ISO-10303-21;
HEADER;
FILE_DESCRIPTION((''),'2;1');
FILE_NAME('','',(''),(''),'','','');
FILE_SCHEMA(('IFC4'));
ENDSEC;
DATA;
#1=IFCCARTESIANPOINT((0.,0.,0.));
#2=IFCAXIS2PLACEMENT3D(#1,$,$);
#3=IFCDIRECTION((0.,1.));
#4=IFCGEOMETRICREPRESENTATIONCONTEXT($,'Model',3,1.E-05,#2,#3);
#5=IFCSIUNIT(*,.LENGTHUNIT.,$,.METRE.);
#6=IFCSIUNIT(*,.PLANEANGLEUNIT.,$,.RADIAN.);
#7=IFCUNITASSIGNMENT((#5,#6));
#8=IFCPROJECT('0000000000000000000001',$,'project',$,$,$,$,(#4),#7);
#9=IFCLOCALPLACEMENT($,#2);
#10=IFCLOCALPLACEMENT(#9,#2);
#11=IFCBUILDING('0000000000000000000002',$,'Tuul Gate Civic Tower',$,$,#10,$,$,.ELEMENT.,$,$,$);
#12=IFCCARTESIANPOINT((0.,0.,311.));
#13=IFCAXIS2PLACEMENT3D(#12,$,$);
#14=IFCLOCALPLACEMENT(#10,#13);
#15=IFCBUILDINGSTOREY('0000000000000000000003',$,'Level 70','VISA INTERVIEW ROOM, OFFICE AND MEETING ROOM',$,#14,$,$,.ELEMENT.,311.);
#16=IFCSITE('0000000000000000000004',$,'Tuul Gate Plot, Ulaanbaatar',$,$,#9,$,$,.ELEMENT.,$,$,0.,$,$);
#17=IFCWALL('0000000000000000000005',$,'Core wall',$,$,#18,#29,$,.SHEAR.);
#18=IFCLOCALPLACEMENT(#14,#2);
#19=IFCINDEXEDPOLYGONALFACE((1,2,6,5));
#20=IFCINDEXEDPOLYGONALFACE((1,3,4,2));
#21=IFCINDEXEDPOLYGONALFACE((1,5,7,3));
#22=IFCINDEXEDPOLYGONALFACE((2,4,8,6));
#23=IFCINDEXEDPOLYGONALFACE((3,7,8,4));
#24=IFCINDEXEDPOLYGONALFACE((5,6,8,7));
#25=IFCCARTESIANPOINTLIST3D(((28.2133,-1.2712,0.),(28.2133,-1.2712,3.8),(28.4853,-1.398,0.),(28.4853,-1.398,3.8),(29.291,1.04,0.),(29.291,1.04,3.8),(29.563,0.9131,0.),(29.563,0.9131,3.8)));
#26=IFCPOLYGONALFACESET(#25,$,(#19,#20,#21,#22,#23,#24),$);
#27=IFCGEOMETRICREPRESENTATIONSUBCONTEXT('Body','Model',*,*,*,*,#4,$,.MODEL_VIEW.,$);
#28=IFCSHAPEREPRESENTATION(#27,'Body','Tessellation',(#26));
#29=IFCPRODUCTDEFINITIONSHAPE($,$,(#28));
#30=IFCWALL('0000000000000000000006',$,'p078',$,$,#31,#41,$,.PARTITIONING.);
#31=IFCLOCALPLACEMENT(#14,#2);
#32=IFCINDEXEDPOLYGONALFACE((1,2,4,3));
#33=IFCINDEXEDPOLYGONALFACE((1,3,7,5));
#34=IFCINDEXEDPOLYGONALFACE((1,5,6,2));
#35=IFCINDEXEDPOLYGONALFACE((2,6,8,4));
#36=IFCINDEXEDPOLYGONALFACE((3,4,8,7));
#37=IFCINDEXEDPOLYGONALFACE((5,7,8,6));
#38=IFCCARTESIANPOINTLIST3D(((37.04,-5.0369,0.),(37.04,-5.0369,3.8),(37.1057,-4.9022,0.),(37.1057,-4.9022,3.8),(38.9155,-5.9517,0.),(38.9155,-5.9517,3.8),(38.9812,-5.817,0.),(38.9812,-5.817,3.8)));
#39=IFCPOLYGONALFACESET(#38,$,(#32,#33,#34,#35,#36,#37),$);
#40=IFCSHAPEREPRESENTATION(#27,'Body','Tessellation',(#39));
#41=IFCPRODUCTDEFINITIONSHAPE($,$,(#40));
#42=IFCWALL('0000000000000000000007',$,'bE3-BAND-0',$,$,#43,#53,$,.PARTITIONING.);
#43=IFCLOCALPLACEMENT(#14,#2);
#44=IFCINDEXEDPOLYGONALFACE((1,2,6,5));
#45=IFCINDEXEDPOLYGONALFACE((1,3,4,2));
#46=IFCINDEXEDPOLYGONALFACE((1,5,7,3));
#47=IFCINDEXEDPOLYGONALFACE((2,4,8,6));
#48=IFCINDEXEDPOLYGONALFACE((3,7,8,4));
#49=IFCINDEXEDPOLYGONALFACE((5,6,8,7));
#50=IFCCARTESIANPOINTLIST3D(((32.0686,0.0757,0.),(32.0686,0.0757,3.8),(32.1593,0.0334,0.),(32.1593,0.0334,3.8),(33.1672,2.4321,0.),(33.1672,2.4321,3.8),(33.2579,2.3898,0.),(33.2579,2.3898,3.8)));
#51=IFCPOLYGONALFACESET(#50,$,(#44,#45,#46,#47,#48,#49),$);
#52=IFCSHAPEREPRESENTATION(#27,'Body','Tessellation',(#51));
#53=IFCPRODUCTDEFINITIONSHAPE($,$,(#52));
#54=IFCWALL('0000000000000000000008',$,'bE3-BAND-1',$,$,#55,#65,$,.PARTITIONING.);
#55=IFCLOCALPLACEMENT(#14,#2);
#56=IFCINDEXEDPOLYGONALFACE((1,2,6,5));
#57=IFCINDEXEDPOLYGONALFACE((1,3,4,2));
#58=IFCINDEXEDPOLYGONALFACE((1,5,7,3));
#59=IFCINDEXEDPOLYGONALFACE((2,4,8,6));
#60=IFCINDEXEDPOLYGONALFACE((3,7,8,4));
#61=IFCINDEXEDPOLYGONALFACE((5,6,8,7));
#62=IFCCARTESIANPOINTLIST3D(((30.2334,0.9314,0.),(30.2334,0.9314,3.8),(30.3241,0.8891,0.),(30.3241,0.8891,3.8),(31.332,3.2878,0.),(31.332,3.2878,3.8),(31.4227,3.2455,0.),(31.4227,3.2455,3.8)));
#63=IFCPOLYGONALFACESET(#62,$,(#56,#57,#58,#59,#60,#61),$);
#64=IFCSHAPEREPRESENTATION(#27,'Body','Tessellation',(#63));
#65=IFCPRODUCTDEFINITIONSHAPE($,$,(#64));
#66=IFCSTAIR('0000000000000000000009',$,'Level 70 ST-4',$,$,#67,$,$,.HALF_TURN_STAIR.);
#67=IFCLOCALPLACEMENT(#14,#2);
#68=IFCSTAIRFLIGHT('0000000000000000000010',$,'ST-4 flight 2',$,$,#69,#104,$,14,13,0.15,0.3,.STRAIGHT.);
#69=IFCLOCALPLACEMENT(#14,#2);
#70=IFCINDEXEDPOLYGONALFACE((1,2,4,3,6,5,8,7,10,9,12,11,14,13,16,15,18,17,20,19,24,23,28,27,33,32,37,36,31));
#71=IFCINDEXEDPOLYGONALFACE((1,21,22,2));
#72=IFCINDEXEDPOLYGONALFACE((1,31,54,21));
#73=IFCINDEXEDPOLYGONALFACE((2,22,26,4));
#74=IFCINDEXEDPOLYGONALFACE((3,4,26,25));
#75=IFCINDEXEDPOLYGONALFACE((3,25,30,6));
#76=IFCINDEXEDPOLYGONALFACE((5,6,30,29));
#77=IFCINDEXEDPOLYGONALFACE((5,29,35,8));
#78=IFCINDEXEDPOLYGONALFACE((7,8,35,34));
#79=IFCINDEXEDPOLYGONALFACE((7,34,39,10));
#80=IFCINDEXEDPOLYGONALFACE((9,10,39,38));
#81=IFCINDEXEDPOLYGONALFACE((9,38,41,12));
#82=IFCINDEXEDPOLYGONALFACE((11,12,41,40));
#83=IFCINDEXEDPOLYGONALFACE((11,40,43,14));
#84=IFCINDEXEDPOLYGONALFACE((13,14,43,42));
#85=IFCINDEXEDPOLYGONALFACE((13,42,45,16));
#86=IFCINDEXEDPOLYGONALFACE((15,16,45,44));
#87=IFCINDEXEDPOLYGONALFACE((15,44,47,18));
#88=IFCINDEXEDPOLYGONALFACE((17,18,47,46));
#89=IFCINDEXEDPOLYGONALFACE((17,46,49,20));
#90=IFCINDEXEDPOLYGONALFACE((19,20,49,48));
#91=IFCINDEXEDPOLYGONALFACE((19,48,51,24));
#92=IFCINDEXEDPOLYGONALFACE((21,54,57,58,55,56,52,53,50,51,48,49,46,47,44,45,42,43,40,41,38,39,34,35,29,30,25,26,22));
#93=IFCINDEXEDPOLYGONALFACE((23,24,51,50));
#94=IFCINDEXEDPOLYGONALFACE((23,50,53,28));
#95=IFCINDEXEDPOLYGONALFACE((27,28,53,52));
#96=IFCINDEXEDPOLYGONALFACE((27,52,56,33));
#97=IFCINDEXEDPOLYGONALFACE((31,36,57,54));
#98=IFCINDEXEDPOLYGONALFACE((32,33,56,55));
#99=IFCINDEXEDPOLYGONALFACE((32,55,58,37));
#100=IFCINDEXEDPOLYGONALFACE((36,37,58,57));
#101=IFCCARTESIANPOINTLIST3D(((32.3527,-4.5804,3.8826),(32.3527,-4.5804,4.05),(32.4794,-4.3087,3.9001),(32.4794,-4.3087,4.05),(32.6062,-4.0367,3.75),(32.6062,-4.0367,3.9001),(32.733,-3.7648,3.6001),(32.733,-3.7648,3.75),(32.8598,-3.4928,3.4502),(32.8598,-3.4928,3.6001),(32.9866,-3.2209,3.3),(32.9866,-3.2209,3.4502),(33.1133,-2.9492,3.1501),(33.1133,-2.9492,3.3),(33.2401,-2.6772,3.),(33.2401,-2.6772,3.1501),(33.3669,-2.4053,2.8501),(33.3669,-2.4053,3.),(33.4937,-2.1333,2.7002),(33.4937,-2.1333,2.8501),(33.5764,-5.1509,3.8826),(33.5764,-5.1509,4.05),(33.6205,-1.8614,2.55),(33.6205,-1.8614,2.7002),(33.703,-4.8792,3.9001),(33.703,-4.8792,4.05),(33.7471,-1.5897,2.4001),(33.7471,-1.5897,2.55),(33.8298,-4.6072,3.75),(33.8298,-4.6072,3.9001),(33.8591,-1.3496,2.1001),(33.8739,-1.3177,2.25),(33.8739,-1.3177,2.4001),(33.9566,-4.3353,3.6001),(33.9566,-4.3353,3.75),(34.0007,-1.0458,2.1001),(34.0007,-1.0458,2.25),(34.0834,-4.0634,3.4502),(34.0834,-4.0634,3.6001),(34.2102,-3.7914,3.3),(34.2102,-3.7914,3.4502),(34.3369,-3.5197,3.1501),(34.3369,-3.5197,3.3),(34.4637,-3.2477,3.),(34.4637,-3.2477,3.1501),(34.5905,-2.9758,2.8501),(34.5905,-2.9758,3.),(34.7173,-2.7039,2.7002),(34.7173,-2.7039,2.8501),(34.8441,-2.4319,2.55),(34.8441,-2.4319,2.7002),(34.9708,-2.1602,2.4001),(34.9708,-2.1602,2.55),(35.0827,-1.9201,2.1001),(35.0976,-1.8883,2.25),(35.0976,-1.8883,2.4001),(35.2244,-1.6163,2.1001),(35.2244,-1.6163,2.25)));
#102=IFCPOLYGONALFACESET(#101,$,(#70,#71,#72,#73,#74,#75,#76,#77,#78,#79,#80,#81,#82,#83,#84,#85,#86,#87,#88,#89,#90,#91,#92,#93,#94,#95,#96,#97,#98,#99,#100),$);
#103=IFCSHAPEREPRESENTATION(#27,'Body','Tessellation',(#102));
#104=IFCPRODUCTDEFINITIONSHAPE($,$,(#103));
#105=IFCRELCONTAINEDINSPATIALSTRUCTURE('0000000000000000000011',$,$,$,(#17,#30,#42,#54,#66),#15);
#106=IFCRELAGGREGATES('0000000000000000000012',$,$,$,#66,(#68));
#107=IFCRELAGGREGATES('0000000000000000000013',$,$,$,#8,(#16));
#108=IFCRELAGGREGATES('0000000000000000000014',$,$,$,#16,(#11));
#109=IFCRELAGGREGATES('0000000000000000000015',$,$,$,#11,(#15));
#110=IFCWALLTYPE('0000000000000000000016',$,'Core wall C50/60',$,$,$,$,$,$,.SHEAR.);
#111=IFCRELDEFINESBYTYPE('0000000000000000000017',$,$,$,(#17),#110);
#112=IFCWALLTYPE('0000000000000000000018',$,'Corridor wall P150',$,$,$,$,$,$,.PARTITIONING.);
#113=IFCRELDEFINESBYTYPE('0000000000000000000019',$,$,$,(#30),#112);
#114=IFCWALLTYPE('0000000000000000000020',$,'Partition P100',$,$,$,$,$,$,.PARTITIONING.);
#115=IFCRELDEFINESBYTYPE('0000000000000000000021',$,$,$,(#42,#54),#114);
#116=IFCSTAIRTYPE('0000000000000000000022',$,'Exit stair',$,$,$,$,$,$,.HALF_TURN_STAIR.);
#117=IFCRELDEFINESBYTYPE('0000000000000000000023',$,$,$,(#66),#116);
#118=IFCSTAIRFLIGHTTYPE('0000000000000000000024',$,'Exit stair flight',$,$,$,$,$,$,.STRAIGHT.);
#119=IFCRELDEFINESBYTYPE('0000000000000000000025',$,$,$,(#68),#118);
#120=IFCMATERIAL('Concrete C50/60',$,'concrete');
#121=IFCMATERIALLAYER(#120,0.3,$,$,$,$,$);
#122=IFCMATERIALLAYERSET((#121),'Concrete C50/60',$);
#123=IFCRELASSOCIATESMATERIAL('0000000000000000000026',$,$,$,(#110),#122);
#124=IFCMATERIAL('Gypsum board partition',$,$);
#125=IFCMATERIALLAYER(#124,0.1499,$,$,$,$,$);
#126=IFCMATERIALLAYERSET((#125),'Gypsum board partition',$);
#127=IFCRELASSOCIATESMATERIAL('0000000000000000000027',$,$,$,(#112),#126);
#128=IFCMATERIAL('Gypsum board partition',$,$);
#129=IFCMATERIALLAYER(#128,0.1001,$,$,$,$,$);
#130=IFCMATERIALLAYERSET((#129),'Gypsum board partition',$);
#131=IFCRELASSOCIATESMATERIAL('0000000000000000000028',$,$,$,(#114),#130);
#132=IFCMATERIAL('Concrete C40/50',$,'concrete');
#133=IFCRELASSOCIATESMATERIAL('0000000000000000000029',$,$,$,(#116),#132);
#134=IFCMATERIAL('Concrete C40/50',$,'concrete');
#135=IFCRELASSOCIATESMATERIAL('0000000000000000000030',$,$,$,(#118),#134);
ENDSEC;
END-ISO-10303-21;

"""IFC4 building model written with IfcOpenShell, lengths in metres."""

from ifc_helpers import new_model, si_unit, direction, frame, frame_2d, origin, place, context, subcontext, project, spatial, polyline, rectangle, outline, extrude, material, layer, layer_set, type_object, element, aggregate, save


model = new_model("IFC4")

# Units and contexts
model_context = context("Model", 3, precision=1e-05, world=origin(), true_north=direction((0.0, 1.0)))
body_context = subcontext(model_context, "Body", "Model", "MODEL_VIEW")
ifc_project = project(units=[si_unit("LENGTHUNIT", "METRE"), si_unit("PLANEANGLEUNIT", "RADIAN")], contexts=[model_context])

# Site, building, storey
site_placement = place(None, origin())
site = spatial("IfcSite", under=ifc_project, at=site_placement, Name="Tuul Gate Plot, Ulaanbaatar", CompositionType="ELEMENT", RefElevation=0.0)
building_placement = place(site_placement, origin())
building = spatial("IfcBuilding", under=site, at=building_placement, Name="Tuul Gate Civic Tower", CompositionType="ELEMENT")
storey_placement = place(building_placement, frame((0.0, 0.0, 311.0)))
storey = spatial("IfcBuildingStorey", under=building, at=storey_placement, Name="Level 70", Description="VISA INTERVIEW ROOM, OFFICE AND MEETING ROOM", CompositionType="ELEMENT", Elevation=311.0)

# Shared definitions
ifc_material_1 = material(Name="Concrete C50/60", Category="concrete")
ifc_layer_1 = layer(ifc_material_1, 0.3)
ifc_layer_set_1 = layer_set([ifc_layer_1], Name="Concrete C50/60")
wall_type_1 = type_object("IfcWallType", Name="Core wall C50/60", PredefinedType="SHEAR", material=ifc_layer_set_1)

# Walls
wall_1_placement = place(storey_placement, frame((28.3494, -1.3345, 0.0), z_axis=(0.0, 0.0, 1.0), x_axis=(0.422613, 0.90631, 0.0)))
element("IfcWall", 1, at=wall_1_placement, inside=storey, type_object=wall_type_1, Name="Core wall", PredefinedType="SHEAR", context=body_context, shape_type="SweptSolid", body=[
    extrude(rectangle(XDim=2.55, YDim=0.3, at=frame_2d((1.2749, 0.0))), origin(), (0.0, 0.0, 1.0), 3.8),
])
ifc_material_2 = material(Name="Gypsum board partition")
ifc_layer_2 = layer(ifc_material_2, 0.1499)
ifc_layer_set_2 = layer_set([ifc_layer_2], Name="Gypsum board partition")
wall_type_2 = type_object("IfcWallType", Name="Corridor wall P150", PredefinedType="PARTITIONING", material=ifc_layer_set_2)
wall_2_placement = place(storey_placement, frame((37.0728, -4.9695, 0.0), z_axis=(0.0, 0.0, 1.0), x_axis=(0.898783, -0.438394, 0.0)))
element("IfcWall", 2, at=wall_2_placement, inside=storey, type_object=wall_type_2, Name="p078", PredefinedType="PARTITIONING", context=body_context, shape_type="SweptSolid", body=[
    extrude(rectangle(XDim=2.0867, YDim=0.1499, at=frame_2d((1.0435, 0.0))), origin(), (0.0, 0.0, 1.0), 3.8),
])
ifc_material_3 = material(Name="Gypsum board partition")
ifc_layer_3 = layer(ifc_material_3, 0.1001)
ifc_layer_set_3 = layer_set([ifc_layer_3], Name="Gypsum board partition")
wall_type_3 = type_object("IfcWallType", Name="Partition P100", PredefinedType="PARTITIONING", material=ifc_layer_set_3)
for number, where, z_axis, x_axis, name in (
    (3, (32.114, 0.0547, 0.0), (0.0, 0.0, 1.0), (0.422556, 0.906337, 0.0), "bE3-BAND-0"),
    (4, (30.2788, 0.9104, 0.0), (0.0, 0.0, 1.0), (0.422556, 0.906337, 0.0), "bE3-BAND-1"),
):
    element("IfcWall", number, at=place(storey_placement, frame(where, z_axis=z_axis, x_axis=x_axis)), inside=storey, type_object=wall_type_3, Name=name, PredefinedType="PARTITIONING", context=body_context, shape_type="SweptSolid", body=[
        extrude(rectangle(XDim=2.5999, YDim=0.1001, at=frame_2d((1.2998, 0.0))), origin(), (0.0, 0.0, 1.0), 3.8),
    ])

# Stair, stair flight
ifc_material_4 = material(Name="Concrete C40/50", Category="concrete")
stair_type = type_object("IfcStairType", Name="Exit stair", PredefinedType="HALF_TURN_STAIR", material=ifc_material_4)
stair_placement = place(storey_placement, origin())
stair = element("IfcStair", 5, at=stair_placement, inside=storey, type_object=stair_type, Name="Level 70 ST-4", PredefinedType="HALF_TURN_STAIR")
ifc_material_5 = material(Name="Concrete C40/50", Category="concrete")
stair_flight_type = type_object("IfcStairFlightType", Name="Exit stair flight", PredefinedType="STRAIGHT", material=ifc_material_5)
stair_flight_placement = place(storey_placement, frame((34.6125, -1.3311, 2.1001), z_axis=(0.0, 0.0, 1.0), x_axis=(-0.422576, -0.906327, 0.0)))
stair_flight = element("IfcStairFlight", 6, at=stair_flight_placement, type_object=stair_flight_type, Name="ST-4 flight 2", NumberOfRisers=14, NumberOfTreads=13, PredefinedType="STRAIGHT", RiserHeight=0.15, TreadLength=0.3, context=body_context, shape_type="SweptSolid", body=[
    extrude(outline(polyline([(0.0, 0.0), (0.0, 0.1499), (0.3, 0.1499), (0.3, 0.3), (0.6001, 0.3), (0.6001, 0.45), (0.8999, 0.45), (0.8999, 0.6001), (1.2, 0.6001), (1.2, 0.75), (1.5, 0.75), (1.5, 0.8999), (1.8, 0.8999), (1.8, 1.05), (2.1001, 1.05), (2.1001, 1.2), (2.3999, 1.2), (2.3999, 1.3501), (2.7, 1.3501), (2.7, 1.5), (3.0, 1.5), (3.0, 1.6499), (3.3, 1.6499), (3.3, 1.8), (3.6001, 1.8), (3.6001, 1.95), (3.8999, 1.95), (3.8999, 2.1001), (3.8999, 1.7825), (0.3352, 0.0), (0.0, 0.0)])), frame((0.0, 0.675, 0.0), z_axis=(0.0, -1.0, 0.0), x_axis=(1.0, 0.0, 0.0)), (0.0, 0.0, 1.0), 1.3501),
])
aggregate(stair, [stair_flight])

save(model, "model.ifc")
